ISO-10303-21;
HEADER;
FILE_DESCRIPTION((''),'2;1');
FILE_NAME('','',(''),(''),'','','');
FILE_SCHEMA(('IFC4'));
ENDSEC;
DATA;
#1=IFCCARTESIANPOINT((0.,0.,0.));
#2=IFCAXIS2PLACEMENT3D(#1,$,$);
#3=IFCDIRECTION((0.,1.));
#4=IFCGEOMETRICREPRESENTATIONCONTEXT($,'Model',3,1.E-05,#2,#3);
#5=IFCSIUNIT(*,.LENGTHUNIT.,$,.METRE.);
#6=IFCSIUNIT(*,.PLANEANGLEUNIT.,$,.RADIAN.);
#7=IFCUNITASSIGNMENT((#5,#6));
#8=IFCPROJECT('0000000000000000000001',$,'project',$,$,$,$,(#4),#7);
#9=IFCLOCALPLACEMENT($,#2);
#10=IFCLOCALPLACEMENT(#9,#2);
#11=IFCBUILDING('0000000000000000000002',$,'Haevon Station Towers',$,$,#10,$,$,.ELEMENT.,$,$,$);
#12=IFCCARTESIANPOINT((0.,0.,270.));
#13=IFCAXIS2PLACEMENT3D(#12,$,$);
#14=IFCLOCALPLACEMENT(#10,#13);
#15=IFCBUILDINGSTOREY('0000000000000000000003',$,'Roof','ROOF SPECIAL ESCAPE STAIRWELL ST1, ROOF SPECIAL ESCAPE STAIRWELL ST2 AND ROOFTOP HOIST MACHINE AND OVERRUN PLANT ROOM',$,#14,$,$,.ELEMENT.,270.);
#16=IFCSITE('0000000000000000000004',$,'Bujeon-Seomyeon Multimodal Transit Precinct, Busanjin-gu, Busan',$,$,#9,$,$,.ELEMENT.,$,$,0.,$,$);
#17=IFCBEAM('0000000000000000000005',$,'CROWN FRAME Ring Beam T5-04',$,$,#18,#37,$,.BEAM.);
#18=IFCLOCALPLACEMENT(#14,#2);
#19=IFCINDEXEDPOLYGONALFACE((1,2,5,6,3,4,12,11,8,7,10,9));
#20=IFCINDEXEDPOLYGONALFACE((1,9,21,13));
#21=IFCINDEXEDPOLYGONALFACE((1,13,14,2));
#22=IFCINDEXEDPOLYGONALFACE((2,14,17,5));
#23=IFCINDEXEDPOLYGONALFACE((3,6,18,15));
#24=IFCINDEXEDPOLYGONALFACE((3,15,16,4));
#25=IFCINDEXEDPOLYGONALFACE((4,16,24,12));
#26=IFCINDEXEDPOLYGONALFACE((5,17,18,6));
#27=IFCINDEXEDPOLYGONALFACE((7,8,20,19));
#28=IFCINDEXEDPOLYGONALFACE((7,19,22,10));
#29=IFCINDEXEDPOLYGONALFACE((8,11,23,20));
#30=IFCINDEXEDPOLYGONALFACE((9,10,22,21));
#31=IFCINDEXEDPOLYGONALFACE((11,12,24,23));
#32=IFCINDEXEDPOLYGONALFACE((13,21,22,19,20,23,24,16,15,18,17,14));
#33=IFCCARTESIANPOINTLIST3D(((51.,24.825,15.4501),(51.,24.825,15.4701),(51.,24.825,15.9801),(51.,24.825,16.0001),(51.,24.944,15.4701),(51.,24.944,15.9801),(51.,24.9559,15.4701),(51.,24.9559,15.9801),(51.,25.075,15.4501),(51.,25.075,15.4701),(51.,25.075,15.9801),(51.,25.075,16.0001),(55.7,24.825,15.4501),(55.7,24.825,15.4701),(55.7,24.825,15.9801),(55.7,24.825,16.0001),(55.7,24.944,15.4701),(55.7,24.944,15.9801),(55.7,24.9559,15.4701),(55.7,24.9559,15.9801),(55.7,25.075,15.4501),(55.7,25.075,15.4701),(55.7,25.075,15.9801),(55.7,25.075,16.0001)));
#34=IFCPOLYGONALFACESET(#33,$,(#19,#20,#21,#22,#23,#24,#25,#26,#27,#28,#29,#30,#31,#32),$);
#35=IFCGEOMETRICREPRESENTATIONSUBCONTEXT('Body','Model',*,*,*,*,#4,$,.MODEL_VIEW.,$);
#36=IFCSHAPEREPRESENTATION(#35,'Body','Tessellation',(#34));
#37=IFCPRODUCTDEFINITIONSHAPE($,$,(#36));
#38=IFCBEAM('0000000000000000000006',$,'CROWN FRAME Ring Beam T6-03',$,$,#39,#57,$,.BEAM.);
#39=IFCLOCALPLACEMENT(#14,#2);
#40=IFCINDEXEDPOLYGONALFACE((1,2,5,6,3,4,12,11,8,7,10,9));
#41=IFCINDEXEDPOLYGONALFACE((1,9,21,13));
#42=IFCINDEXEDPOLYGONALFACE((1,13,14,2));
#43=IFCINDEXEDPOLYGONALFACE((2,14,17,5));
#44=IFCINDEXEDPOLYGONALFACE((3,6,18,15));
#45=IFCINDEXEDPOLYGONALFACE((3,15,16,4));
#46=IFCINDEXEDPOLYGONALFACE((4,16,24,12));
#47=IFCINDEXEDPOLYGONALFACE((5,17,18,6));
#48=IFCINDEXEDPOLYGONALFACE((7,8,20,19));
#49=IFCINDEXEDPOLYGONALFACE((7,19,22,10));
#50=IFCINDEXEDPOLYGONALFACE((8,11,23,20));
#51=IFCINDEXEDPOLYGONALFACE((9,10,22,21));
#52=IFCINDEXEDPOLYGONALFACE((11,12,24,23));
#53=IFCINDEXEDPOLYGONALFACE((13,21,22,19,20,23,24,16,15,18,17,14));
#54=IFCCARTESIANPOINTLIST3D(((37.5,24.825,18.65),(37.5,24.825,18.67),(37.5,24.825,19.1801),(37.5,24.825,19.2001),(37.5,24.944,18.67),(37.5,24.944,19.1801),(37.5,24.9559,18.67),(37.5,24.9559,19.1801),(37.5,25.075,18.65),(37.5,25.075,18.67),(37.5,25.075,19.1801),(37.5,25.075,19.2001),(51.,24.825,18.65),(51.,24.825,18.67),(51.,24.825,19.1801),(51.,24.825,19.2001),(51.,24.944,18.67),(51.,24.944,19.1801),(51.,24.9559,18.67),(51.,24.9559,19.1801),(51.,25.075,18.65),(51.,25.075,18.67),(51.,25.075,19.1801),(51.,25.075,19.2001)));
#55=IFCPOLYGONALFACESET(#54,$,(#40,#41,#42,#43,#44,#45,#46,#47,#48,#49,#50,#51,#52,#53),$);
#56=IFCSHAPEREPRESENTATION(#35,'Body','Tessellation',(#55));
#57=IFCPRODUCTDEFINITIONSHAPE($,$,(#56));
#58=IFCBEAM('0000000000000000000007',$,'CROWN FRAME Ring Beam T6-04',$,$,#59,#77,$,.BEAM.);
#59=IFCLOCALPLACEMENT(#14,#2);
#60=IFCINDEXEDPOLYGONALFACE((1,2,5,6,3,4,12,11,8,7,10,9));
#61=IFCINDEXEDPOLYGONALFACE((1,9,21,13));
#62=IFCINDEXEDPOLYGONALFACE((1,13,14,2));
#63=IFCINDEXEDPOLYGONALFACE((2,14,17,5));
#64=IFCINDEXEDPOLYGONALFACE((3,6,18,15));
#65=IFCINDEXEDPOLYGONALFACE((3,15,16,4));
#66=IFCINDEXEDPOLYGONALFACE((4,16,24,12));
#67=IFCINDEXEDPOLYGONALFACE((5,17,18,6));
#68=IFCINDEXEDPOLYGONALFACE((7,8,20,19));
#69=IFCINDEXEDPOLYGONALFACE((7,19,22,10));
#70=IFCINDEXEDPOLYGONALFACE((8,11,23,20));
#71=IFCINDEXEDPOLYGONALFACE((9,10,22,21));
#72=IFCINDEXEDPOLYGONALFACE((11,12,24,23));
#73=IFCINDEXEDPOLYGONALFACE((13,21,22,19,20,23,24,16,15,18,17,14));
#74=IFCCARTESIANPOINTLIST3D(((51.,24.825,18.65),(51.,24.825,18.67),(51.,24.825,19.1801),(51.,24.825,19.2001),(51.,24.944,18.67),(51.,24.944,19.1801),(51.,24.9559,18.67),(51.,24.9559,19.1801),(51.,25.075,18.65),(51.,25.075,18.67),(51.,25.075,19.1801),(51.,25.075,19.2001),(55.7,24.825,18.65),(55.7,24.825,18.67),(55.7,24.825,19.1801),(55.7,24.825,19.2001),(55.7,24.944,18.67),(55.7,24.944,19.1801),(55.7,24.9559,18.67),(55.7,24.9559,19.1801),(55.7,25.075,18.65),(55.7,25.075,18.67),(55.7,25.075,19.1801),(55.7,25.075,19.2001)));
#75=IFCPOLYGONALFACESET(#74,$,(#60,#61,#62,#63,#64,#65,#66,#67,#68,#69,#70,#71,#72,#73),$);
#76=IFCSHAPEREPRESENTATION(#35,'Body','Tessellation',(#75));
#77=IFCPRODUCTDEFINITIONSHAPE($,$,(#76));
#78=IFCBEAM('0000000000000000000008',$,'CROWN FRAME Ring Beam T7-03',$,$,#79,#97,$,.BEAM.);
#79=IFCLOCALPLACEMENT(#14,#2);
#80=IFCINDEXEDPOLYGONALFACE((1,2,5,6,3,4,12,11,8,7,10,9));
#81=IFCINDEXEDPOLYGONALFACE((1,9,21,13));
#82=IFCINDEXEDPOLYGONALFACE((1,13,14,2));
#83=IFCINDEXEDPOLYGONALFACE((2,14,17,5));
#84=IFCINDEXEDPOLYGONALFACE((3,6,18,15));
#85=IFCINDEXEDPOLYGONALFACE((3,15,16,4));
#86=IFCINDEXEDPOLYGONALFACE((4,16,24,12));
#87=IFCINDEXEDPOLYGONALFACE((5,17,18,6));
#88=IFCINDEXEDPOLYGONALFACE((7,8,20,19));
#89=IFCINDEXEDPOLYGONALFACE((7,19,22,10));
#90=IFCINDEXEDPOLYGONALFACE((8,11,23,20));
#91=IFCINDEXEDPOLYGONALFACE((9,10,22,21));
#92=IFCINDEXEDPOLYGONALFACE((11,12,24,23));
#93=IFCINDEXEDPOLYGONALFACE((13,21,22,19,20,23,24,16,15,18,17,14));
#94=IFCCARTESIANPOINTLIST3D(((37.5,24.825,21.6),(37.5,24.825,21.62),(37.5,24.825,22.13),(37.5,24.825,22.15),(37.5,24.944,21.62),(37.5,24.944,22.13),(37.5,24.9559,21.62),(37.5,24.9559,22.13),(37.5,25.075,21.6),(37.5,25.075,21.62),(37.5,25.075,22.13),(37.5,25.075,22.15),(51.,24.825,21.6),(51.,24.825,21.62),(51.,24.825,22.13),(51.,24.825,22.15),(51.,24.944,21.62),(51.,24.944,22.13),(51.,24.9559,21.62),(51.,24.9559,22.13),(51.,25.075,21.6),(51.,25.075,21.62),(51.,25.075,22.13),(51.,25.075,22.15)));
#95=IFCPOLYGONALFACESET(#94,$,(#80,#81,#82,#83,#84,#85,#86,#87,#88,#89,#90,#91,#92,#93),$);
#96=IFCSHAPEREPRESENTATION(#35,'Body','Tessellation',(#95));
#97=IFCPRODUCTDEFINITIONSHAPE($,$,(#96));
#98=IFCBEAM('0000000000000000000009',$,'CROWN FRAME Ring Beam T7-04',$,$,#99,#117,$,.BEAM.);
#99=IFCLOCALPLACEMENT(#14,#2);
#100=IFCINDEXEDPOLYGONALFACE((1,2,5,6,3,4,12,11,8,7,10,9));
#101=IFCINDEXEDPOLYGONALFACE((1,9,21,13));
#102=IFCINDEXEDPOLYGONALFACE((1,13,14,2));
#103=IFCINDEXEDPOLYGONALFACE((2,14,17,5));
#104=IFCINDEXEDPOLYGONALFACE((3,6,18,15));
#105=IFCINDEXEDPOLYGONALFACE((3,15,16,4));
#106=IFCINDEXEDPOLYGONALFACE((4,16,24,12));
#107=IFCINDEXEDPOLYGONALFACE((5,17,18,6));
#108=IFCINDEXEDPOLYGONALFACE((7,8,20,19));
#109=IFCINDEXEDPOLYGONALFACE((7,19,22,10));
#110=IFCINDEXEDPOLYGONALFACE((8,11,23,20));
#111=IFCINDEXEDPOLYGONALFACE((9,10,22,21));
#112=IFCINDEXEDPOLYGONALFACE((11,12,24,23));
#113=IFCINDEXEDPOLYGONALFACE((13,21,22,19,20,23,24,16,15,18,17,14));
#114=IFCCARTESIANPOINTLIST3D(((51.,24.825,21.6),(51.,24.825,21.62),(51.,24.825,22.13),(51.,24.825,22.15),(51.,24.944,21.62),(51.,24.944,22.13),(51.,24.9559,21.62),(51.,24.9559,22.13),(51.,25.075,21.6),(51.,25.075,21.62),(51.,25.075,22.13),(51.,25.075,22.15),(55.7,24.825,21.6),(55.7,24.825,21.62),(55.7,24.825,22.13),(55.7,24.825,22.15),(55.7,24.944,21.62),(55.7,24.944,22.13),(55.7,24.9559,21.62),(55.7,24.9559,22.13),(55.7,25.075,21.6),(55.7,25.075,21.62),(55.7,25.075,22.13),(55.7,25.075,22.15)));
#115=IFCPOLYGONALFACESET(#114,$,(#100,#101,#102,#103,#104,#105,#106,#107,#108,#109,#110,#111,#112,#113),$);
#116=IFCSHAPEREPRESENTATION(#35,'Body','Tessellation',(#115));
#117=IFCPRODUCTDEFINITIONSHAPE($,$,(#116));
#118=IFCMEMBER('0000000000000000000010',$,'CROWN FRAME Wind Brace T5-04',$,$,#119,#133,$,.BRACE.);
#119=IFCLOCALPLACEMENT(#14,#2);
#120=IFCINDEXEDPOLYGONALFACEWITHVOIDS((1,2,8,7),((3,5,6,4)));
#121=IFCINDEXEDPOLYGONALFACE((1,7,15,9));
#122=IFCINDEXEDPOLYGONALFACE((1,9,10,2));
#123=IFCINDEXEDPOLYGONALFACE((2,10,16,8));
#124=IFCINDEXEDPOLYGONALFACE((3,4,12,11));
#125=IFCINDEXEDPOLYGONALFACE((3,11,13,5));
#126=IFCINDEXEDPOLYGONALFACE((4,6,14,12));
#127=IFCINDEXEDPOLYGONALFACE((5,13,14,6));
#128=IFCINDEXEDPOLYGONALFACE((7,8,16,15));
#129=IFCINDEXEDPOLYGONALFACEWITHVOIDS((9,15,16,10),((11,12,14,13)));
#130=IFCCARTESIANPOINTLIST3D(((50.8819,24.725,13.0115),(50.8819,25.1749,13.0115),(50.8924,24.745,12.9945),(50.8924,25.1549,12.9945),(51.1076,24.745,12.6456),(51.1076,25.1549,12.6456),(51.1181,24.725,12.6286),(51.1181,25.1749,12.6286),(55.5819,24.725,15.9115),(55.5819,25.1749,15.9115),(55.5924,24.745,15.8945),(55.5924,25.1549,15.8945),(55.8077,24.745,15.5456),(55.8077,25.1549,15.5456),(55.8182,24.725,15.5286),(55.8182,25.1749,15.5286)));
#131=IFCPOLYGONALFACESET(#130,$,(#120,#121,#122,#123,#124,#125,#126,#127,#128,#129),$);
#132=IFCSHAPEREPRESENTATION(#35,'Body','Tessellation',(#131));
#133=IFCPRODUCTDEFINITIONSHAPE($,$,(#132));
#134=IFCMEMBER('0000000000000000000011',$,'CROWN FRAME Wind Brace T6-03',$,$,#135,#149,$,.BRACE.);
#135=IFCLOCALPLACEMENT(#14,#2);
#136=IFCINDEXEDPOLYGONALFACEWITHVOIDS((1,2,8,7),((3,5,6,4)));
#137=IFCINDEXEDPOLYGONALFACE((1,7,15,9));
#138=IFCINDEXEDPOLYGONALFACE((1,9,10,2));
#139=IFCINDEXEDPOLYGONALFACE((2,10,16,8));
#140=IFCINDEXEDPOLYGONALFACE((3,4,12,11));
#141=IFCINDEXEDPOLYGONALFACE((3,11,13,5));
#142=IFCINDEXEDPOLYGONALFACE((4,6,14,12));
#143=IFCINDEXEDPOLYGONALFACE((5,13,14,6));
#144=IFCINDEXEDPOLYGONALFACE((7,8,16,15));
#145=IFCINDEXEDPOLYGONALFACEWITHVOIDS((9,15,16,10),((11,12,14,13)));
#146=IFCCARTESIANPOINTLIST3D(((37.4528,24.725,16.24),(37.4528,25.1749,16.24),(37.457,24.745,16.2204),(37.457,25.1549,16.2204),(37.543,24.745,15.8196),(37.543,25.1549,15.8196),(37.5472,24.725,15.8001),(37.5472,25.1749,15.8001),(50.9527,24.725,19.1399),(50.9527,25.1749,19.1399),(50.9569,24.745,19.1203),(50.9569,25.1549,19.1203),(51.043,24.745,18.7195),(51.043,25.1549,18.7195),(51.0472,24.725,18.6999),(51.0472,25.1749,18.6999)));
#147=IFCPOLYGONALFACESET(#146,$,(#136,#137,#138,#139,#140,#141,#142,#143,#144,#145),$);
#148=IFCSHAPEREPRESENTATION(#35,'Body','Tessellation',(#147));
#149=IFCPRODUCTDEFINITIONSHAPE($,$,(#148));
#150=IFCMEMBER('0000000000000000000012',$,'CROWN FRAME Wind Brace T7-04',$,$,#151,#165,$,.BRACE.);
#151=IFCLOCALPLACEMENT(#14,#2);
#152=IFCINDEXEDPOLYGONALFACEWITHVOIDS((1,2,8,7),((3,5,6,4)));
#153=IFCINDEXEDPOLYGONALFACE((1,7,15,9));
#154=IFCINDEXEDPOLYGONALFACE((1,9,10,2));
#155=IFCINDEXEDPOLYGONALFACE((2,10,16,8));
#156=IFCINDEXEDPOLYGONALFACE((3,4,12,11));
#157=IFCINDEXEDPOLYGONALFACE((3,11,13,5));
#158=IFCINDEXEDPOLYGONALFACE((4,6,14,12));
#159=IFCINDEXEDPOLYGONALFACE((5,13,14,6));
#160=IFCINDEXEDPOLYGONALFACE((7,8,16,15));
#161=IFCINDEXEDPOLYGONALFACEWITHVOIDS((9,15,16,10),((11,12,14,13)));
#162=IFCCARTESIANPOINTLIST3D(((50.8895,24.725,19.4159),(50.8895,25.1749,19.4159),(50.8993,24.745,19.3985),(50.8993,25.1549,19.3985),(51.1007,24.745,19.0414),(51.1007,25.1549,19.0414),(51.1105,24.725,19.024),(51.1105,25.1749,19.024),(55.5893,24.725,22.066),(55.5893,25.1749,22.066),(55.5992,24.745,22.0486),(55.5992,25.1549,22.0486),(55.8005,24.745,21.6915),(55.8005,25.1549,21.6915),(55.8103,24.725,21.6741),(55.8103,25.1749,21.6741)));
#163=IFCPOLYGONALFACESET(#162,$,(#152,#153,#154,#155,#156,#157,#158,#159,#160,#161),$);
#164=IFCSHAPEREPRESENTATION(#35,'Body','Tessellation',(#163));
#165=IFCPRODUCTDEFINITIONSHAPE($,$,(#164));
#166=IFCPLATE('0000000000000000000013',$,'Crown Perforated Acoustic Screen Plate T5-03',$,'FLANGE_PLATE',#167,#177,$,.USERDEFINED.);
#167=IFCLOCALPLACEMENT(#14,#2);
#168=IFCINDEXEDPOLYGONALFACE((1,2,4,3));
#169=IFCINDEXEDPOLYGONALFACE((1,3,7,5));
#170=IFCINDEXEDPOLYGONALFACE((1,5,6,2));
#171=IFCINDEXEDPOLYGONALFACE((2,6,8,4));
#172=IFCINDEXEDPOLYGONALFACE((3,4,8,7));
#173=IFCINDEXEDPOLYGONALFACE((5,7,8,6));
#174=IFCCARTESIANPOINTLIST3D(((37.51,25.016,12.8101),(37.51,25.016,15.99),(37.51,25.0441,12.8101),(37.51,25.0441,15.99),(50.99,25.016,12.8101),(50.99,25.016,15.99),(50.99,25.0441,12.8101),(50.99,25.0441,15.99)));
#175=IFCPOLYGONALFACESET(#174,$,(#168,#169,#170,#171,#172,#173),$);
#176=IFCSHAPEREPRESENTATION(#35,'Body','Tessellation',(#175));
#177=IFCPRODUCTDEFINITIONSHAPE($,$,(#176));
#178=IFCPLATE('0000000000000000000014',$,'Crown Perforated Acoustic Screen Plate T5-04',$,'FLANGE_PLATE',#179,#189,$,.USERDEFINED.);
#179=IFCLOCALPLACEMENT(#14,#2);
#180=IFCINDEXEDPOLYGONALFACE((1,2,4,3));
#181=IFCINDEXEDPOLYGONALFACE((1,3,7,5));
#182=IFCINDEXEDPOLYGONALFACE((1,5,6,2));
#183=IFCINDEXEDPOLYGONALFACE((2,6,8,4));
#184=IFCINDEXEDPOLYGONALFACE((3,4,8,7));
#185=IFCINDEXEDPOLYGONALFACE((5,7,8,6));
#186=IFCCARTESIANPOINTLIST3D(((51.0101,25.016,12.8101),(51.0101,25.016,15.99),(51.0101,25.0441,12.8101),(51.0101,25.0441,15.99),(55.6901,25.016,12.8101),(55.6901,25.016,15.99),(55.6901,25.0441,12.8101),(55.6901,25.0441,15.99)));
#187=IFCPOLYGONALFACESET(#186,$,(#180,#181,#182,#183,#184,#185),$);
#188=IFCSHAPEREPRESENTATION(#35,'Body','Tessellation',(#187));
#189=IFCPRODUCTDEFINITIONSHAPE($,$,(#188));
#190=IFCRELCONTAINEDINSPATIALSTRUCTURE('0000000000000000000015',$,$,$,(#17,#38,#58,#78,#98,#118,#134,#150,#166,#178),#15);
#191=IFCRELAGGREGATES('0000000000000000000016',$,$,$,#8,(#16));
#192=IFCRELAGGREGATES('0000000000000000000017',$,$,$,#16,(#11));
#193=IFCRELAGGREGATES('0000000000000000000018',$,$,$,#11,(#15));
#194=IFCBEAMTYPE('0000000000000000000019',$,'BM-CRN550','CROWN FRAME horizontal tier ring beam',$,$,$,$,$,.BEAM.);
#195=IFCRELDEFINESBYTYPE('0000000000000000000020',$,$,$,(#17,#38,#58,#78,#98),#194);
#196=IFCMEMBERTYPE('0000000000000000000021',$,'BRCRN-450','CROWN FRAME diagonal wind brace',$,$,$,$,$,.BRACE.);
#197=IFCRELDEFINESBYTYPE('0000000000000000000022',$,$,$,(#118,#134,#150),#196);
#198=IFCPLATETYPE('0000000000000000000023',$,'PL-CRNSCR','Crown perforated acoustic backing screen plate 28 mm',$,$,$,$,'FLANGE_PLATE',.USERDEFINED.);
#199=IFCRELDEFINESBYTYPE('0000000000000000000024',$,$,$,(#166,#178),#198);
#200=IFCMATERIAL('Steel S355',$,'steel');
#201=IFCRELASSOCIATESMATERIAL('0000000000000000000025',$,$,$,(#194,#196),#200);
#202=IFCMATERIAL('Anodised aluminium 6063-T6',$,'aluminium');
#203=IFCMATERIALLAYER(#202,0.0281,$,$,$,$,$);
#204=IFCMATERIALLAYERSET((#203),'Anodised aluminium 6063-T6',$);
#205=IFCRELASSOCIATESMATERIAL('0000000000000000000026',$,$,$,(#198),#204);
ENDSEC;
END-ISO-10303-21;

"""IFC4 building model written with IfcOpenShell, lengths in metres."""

from ifc_helpers import new_model, si_unit, direction, frame, origin, origin_2d, place, context, subcontext, project, spatial, rectangle, hollow_rectangle, i_section, extrude, material, layer, layer_set, material_profile, profile_set, type_object, element, save


model = new_model("IFC4")

# Units and contexts
model_context = context("Model", 3, precision=1e-05, world=origin(), true_north=direction((0.0, 1.0)))
body_context = subcontext(model_context, "Body", "Model", "MODEL_VIEW")
ifc_project = project(units=[si_unit("LENGTHUNIT", "METRE"), si_unit("PLANEANGLEUNIT", "RADIAN")], contexts=[model_context])

# Site, building, storey
site_placement = place(None, origin())
site = spatial("IfcSite", under=ifc_project, at=site_placement, Name="Bujeon-Seomyeon Multimodal Transit Precinct, Busanjin-gu, Busan", CompositionType="ELEMENT", RefElevation=0.0)
building_placement = place(site_placement, origin())
building = spatial("IfcBuilding", under=site, at=building_placement, Name="Haevon Station Towers", CompositionType="ELEMENT")
storey_placement = place(building_placement, frame((0.0, 0.0, 270.0)))
storey = spatial("IfcBuildingStorey", under=building, at=storey_placement, Name="Roof", Description="ROOF SPECIAL ESCAPE STAIRWELL ST1, ROOF SPECIAL ESCAPE STAIRWELL ST2 AND ROOFTOP HOIST MACHINE AND OVERRUN PLANT ROOM", CompositionType="ELEMENT", Elevation=270.0)

# Shared definitions
ifc_material_1 = material(Name="Steel S355", Category="steel")

# Beams
ifc_material_profile_1 = material_profile(ifc_material_1, i_section(OverallWidth=0.25, OverallDepth=0.55, WebThickness=0.012, FlangeThickness=0.02, at=origin_2d()), Name="H-550x250x12x20")
ifc_profile_set_1 = profile_set([ifc_material_profile_1], Name="Steel S355")
beam_type = type_object("IfcBeamType", Name="BM-CRN550", Description="CROWN FRAME horizontal tier ring beam", PredefinedType="BEAM", material=ifc_profile_set_1)
beam_1_placement = place(storey_placement, frame((51.0, 24.95, 15.7251), z_axis=(1.0, 0.0, 0.0), x_axis=(0.0, 1.0, 0.0)))
element("IfcBeam", 1, at=beam_1_placement, inside=storey, type_object=beam_type, Name="CROWN FRAME Ring Beam T5-04", PredefinedType="BEAM", context=body_context, shape_type="SweptSolid", body=[
    extrude(i_section(OverallWidth=0.25, OverallDepth=0.55, WebThickness=0.012, FlangeThickness=0.02, at=origin_2d()), origin(), (0.0, 0.0, 1.0), 4.7),
])
beam_2_placement = place(storey_placement, frame((37.5, 24.95, 18.925), z_axis=(1.0, 0.0, 0.0), x_axis=(0.0, 1.0, 0.0)))
element("IfcBeam", 2, at=beam_2_placement, inside=storey, type_object=beam_type, Name="CROWN FRAME Ring Beam T6-03", PredefinedType="BEAM", context=body_context, shape_type="SweptSolid", body=[
    extrude(i_section(OverallWidth=0.25, OverallDepth=0.55, WebThickness=0.012, FlangeThickness=0.02, at=origin_2d()), origin(), (0.0, 0.0, 1.0), 13.5),
])
beam_3_placement = place(storey_placement, frame((51.0, 24.95, 18.925), z_axis=(1.0, 0.0, 0.0), x_axis=(0.0, 1.0, 0.0)))
element("IfcBeam", 3, at=beam_3_placement, inside=storey, type_object=beam_type, Name="CROWN FRAME Ring Beam T6-04", PredefinedType="BEAM", context=body_context, shape_type="SweptSolid", body=[
    extrude(i_section(OverallWidth=0.25, OverallDepth=0.55, WebThickness=0.012, FlangeThickness=0.02, at=origin_2d()), origin(), (0.0, 0.0, 1.0), 4.7),
])
beam_4_placement = place(storey_placement, frame((37.5, 24.95, 21.875), z_axis=(1.0, 0.0, 0.0), x_axis=(0.0, 1.0, 0.0)))
element("IfcBeam", 4, at=beam_4_placement, inside=storey, type_object=beam_type, Name="CROWN FRAME Ring Beam T7-03", PredefinedType="BEAM", context=body_context, shape_type="SweptSolid", body=[
    extrude(i_section(OverallWidth=0.25, OverallDepth=0.55, WebThickness=0.012, FlangeThickness=0.02, at=origin_2d()), origin(), (0.0, 0.0, 1.0), 13.5),
])
beam_5_placement = place(storey_placement, frame((51.0, 24.95, 21.875), z_axis=(1.0, 0.0, 0.0), x_axis=(0.0, 1.0, 0.0)))
element("IfcBeam", 5, at=beam_5_placement, inside=storey, type_object=beam_type, Name="CROWN FRAME Ring Beam T7-04", PredefinedType="BEAM", context=body_context, shape_type="SweptSolid", body=[
    extrude(i_section(OverallWidth=0.25, OverallDepth=0.55, WebThickness=0.012, FlangeThickness=0.02, at=origin_2d()), origin(), (0.0, 0.0, 1.0), 4.7),
])

# Members
ifc_material_profile_2 = material_profile(ifc_material_1, hollow_rectangle(XDim=0.45, YDim=0.45, WallThickness=0.02, at=origin_2d()), Name="RHS-450x450x20")
ifc_profile_set_2 = profile_set([ifc_material_profile_2], Name="Steel S355")
member_type = type_object("IfcMemberType", Name="BRCRN-450", Description="CROWN FRAME diagonal wind brace", PredefinedType="BRACE", material=ifc_profile_set_2)
member_1_placement = place(storey_placement, frame((51.0, 24.95, 12.8201), z_axis=(0.851041, 0.0, 0.525098), x_axis=(0.0, 1.0, 0.0)))
element("IfcMember", 6, at=member_1_placement, inside=storey, type_object=member_type, Name="CROWN FRAME Wind Brace T5-04", PredefinedType="BRACE", context=body_context, shape_type="SweptSolid", body=[
    extrude(hollow_rectangle(XDim=0.45, YDim=0.45, WallThickness=0.02, at=origin_2d()), origin(), (0.0, 0.0, 1.0), 5.5227),
])
member_2_placement = place(storey_placement, frame((37.5, 24.95, 16.02), z_axis=(0.977698, 0.0, 0.210017), x_axis=(0.0, 1.0, 0.0)))
element("IfcMember", 7, at=member_2_placement, inside=storey, type_object=member_type, Name="CROWN FRAME Wind Brace T6-03", PredefinedType="BRACE", context=body_context, shape_type="SweptSolid", body=[
    extrude(hollow_rectangle(XDim=0.45, YDim=0.45, WallThickness=0.02, at=origin_2d()), origin(), (0.0, 0.0, 1.0), 13.8079),
])
member_3_placement = place(storey_placement, frame((51.0, 24.95, 19.22), z_axis=(0.871066, 0.0, 0.491165), x_axis=(0.0, 1.0, 0.0)))
element("IfcMember", 8, at=member_3_placement, inside=storey, type_object=member_type, Name="CROWN FRAME Wind Brace T7-04", PredefinedType="BRACE", context=body_context, shape_type="SweptSolid", body=[
    extrude(hollow_rectangle(XDim=0.45, YDim=0.45, WallThickness=0.02, at=origin_2d()), origin(), (0.0, 0.0, 1.0), 5.3955),
])

# Plates
ifc_material_2 = material(Name="Anodised aluminium 6063-T6", Category="aluminium")
ifc_layer_1 = layer(ifc_material_2, 0.0281)
ifc_layer_set_1 = layer_set([ifc_layer_1], Name="Anodised aluminium 6063-T6")
plate_type_1 = type_object("IfcPlateType", Name="PL-CRNSCR", Description="Crown perforated acoustic backing screen plate 28 mm", ElementType="FLANGE_PLATE", PredefinedType="USERDEFINED", material=ifc_layer_set_1)
plate_1_placement = place(storey_placement, frame((44.25, 25.03, 12.8101), z_axis=(0.0, 0.0, 1.0), x_axis=(1.0, 0.0, 0.0)))
element("IfcPlate", 9, at=plate_1_placement, inside=storey, type_object=plate_type_1, Name="Crown Perforated Acoustic Screen Plate T5-03", ObjectType="FLANGE_PLATE", PredefinedType="USERDEFINED", context=body_context, shape_type="SweptSolid", body=[
    extrude(rectangle(XDim=13.48, YDim=0.0281, at=origin_2d()), origin(), (0.0, 0.0, 1.0), 3.1799),
])
plate_2_placement = place(storey_placement, frame((53.3501, 25.03, 12.8101), z_axis=(0.0, 0.0, 1.0), x_axis=(1.0, 0.0, 0.0)))
element("IfcPlate", 10, at=plate_2_placement, inside=storey, type_object=plate_type_1, Name="Crown Perforated Acoustic Screen Plate T5-04", ObjectType="FLANGE_PLATE", PredefinedType="USERDEFINED", context=body_context, shape_type="SweptSolid", body=[
    extrude(rectangle(XDim=4.6799, YDim=0.0281, at=origin_2d()), origin(), (0.0, 0.0, 1.0), 3.1799),
])

save(model, "model.ifc")
